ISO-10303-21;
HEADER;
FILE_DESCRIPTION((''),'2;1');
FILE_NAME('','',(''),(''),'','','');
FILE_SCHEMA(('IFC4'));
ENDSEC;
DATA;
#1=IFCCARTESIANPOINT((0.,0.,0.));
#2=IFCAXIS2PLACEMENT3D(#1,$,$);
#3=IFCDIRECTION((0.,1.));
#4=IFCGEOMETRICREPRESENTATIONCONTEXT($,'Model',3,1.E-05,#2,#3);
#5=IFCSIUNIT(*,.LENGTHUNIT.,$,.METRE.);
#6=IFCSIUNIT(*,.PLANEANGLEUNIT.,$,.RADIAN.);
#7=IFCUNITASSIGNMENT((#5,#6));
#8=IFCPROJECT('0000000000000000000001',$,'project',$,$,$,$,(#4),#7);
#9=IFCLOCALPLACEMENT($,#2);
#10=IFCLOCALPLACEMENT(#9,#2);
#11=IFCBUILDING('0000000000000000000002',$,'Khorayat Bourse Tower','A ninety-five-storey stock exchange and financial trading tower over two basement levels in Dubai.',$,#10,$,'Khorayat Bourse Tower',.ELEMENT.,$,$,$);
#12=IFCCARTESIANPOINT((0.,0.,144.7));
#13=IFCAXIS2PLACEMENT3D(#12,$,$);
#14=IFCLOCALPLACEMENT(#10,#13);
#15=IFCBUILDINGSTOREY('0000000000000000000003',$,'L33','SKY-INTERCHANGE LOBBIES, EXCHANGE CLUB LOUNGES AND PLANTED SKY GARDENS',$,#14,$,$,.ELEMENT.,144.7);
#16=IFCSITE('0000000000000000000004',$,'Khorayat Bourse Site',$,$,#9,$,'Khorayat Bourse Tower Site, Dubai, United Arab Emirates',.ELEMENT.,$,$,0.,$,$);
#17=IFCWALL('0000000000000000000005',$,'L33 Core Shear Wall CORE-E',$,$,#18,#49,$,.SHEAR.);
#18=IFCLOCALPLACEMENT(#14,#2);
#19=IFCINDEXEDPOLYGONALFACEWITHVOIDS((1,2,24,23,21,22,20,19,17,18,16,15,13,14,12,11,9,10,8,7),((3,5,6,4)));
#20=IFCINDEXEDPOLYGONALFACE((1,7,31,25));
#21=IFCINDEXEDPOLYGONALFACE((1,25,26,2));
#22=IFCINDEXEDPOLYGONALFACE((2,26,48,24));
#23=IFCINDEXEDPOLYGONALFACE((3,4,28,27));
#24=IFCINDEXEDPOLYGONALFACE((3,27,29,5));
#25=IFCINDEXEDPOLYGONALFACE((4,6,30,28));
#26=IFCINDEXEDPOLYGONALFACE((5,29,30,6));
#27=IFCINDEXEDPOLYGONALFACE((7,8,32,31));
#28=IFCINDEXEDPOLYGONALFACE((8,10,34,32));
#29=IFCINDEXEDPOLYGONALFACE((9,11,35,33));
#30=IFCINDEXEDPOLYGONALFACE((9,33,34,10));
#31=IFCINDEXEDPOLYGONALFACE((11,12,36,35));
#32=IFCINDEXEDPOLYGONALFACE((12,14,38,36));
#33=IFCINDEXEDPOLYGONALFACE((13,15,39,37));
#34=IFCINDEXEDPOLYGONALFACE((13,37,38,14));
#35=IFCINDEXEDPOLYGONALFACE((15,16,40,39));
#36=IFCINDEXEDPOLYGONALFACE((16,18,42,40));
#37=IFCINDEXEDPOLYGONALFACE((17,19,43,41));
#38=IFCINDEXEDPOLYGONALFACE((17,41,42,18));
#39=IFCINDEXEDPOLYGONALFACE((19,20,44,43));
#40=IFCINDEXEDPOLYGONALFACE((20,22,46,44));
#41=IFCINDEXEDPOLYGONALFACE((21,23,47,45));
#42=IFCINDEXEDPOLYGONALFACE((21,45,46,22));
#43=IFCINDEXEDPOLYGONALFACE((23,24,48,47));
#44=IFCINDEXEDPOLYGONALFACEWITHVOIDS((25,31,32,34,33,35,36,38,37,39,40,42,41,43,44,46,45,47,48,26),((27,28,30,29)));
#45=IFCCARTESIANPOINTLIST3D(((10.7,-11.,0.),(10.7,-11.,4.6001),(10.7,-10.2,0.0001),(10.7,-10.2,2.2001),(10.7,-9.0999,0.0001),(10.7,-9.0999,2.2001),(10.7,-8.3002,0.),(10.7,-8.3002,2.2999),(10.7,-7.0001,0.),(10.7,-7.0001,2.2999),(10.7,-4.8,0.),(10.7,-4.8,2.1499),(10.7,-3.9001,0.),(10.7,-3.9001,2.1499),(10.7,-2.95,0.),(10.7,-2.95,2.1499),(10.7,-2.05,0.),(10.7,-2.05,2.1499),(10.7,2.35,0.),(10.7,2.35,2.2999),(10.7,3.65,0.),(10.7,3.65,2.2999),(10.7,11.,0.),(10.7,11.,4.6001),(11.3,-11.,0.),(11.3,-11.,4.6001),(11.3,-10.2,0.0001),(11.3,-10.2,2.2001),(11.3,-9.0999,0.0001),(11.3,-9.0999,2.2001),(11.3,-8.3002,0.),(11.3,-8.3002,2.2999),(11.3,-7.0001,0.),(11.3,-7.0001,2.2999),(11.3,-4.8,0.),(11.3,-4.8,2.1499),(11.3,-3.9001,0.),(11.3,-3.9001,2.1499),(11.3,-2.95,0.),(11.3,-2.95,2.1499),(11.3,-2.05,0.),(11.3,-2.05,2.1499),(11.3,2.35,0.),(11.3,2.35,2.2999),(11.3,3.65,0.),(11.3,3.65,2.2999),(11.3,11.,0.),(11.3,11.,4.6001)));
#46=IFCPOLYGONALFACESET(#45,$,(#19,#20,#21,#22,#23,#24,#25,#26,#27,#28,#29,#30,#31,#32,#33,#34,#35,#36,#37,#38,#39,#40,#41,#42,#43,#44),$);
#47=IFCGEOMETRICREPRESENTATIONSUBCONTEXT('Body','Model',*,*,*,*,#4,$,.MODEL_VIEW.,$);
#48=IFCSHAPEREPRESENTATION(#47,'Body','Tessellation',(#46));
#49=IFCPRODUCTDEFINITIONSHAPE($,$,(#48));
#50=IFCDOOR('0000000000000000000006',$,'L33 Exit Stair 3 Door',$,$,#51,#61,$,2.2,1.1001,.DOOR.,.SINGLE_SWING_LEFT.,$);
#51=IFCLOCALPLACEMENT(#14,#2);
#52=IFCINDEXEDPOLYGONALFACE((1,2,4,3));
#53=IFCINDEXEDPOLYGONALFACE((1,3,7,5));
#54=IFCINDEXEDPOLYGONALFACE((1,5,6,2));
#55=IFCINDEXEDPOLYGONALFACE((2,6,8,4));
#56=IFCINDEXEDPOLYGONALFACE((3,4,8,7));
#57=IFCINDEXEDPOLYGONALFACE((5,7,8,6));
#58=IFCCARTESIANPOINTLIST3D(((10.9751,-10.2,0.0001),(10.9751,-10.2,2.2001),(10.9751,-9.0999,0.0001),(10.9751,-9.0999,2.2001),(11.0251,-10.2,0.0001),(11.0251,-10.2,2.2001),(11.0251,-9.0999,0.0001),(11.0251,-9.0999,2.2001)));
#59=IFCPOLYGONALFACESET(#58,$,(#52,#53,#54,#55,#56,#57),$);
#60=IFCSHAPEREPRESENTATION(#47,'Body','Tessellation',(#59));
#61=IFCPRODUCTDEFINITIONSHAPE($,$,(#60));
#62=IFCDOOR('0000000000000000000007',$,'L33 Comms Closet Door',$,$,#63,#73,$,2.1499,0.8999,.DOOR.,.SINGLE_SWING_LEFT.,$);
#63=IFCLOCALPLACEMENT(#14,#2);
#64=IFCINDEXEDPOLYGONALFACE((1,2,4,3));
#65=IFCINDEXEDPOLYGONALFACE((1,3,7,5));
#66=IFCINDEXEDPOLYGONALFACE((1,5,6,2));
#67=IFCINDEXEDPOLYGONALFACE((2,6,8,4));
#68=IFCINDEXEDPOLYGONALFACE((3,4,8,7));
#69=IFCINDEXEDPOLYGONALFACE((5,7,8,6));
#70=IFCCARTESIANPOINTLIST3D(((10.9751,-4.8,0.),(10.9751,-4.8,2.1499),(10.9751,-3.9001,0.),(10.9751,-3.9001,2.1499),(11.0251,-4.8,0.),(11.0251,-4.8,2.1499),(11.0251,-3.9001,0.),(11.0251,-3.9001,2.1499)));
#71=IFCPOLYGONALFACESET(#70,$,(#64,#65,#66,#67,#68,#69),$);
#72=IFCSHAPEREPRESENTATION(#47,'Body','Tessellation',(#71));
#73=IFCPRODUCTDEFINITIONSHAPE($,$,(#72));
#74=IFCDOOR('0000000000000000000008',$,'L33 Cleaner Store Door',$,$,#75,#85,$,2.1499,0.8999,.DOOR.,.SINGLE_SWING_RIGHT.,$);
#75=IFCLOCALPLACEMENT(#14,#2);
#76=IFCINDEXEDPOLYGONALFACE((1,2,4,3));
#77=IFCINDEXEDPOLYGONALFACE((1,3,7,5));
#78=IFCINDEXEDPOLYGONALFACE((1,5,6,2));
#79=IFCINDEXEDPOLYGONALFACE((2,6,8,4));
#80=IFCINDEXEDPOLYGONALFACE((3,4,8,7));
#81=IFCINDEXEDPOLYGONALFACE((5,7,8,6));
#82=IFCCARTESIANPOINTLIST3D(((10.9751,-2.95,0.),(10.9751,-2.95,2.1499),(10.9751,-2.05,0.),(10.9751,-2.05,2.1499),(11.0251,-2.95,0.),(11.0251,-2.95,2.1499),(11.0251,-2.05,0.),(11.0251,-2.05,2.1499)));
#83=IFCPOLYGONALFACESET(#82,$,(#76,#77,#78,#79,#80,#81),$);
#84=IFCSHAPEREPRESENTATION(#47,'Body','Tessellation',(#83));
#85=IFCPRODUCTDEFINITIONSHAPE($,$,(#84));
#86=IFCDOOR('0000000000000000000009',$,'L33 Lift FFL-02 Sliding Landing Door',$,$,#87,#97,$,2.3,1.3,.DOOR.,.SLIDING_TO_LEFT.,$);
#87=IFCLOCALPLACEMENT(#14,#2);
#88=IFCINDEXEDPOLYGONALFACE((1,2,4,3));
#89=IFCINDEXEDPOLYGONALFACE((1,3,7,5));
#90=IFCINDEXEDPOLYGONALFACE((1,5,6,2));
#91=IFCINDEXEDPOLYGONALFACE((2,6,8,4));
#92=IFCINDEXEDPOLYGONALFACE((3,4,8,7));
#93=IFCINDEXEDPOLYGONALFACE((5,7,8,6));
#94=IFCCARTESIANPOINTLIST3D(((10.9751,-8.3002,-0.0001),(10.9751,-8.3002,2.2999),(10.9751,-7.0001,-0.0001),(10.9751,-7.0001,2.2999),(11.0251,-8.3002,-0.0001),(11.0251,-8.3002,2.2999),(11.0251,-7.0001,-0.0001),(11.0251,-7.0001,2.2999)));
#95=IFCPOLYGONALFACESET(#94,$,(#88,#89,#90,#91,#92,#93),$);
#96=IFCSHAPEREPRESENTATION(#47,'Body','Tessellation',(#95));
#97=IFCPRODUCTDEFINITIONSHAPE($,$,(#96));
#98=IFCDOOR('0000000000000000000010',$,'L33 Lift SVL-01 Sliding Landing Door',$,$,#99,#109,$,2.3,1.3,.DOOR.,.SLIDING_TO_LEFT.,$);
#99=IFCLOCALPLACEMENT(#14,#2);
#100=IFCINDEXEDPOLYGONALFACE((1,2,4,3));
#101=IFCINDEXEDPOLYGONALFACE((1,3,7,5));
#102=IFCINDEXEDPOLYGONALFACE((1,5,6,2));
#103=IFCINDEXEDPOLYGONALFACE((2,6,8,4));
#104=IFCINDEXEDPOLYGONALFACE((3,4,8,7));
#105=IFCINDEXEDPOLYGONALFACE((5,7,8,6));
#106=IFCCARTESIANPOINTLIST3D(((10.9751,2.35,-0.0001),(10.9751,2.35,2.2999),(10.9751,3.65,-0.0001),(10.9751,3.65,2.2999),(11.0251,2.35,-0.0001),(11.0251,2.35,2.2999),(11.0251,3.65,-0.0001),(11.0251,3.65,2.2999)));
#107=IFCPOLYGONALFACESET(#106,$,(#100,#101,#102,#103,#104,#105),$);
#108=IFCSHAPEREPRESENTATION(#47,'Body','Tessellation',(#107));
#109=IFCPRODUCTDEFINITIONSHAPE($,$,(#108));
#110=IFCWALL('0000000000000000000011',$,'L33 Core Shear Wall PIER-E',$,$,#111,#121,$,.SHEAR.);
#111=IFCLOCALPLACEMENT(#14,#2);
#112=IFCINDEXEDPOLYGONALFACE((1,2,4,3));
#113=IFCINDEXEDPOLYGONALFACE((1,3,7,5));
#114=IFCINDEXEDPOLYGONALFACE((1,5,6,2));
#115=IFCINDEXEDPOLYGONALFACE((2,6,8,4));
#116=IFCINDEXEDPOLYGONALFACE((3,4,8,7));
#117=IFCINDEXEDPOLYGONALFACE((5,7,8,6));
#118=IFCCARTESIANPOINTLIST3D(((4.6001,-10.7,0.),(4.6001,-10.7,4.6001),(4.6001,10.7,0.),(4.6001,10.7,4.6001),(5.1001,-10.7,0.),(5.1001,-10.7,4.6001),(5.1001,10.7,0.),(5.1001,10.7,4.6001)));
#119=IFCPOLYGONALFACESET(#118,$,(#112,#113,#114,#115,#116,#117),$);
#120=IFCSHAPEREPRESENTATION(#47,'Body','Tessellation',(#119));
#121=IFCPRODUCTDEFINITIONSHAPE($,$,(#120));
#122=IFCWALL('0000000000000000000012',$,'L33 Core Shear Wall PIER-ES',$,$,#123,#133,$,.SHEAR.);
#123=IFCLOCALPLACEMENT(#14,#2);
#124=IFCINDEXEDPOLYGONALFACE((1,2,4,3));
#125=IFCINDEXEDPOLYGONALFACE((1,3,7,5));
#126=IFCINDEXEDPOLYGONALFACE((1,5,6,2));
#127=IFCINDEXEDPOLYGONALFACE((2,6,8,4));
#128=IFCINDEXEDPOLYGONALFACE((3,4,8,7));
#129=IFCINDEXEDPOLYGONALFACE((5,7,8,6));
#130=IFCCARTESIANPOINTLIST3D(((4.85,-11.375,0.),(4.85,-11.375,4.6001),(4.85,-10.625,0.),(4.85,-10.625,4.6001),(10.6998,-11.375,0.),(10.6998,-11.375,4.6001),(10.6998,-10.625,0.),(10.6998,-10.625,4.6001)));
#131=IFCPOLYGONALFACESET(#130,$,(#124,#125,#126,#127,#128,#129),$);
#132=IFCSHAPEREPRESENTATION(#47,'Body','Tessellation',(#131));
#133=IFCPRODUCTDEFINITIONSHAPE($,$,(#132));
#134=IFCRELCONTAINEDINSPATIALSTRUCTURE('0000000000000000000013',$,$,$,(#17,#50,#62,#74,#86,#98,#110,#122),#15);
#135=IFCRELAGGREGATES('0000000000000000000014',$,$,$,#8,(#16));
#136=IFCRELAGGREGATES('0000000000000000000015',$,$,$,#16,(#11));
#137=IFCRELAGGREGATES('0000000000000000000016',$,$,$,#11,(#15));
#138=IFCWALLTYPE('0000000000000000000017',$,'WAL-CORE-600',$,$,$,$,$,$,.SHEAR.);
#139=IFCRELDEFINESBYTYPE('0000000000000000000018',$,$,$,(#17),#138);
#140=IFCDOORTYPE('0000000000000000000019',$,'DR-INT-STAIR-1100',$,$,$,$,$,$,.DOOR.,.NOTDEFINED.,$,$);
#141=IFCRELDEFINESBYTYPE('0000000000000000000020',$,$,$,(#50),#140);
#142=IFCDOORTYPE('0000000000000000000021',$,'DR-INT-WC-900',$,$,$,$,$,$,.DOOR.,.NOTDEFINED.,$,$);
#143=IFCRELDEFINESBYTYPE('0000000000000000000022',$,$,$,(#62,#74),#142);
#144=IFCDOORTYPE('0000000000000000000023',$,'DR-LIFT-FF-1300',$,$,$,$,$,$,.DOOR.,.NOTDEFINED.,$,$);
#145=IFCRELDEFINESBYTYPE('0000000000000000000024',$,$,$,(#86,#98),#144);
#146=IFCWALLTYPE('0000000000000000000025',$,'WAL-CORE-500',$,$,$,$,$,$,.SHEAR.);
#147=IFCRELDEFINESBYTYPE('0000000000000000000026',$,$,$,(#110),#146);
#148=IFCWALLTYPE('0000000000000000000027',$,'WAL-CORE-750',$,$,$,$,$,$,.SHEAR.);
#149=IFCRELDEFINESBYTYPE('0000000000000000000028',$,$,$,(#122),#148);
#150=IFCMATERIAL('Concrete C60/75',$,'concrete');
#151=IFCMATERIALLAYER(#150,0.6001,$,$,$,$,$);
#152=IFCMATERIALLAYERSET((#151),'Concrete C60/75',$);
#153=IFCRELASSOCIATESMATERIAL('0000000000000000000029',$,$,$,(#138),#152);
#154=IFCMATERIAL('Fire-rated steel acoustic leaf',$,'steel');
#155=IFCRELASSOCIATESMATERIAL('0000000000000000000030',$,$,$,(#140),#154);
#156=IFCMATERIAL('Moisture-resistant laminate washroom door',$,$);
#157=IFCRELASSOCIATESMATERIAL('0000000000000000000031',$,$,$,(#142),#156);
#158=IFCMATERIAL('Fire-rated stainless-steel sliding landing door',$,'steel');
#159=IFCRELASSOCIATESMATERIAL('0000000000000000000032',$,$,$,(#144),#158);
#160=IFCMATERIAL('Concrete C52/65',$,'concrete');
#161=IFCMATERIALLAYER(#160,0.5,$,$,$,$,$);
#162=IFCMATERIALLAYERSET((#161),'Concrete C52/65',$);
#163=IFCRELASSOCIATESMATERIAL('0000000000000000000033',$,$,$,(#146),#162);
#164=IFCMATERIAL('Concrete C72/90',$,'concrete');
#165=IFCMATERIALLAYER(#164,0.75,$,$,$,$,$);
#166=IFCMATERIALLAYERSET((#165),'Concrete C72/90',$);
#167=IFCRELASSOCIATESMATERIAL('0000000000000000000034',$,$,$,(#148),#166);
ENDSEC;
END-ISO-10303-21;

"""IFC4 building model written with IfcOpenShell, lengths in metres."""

from ifc_helpers import new_model, si_unit, direction, frame, frame_2d, origin, place, context, subcontext, project, spatial, rectangle, extrude, source, transform, mapped, material, layer, layer_set, type_object, element, fill, save


model = new_model("IFC4")

# Units and contexts
model_context = context("Model", 3, precision=1e-05, world=origin(), true_north=direction((0.0, 1.0)))
body_context = subcontext(model_context, "Body", "Model", "MODEL_VIEW")
ifc_project = project(units=[si_unit("LENGTHUNIT", "METRE"), si_unit("PLANEANGLEUNIT", "RADIAN")], contexts=[model_context])

# Site, building, storey
site_placement = place(None, origin())
site = spatial("IfcSite", under=ifc_project, at=site_placement, Name="Khorayat Bourse Site", LongName="Khorayat Bourse Tower Site, Dubai, United Arab Emirates", CompositionType="ELEMENT", RefElevation=0.0)
building_placement = place(site_placement, origin())
building = spatial("IfcBuilding", under=site, at=building_placement, Name="Khorayat Bourse Tower", Description="A ninety-five-storey stock exchange and financial trading tower over two basement levels in Dubai.", LongName="Khorayat Bourse Tower", CompositionType="ELEMENT")
storey_placement = place(building_placement, frame((0.0, 0.0, 144.7)))
storey = spatial("IfcBuildingStorey", under=building, at=storey_placement, Name="L33", Description="SKY-INTERCHANGE LOBBIES, EXCHANGE CLUB LOUNGES AND PLANTED SKY GARDENS", CompositionType="ELEMENT", Elevation=144.7)

# Shared definitions
ifc_material_1 = material(Name="Concrete C60/75", Category="concrete")

# Shared definitions
ifc_material_2 = material(Name="Concrete C72/90", Category="concrete")

# Wall, openings, doors
ifc_layer_1 = layer(ifc_material_1, 0.6001)
ifc_layer_set_1 = layer_set([ifc_layer_1], Name="Concrete C60/75")
wall_type_1 = type_object("IfcWallType", Name="WAL-CORE-600", PredefinedType="SHEAR", material=ifc_layer_set_1)
shared_shape_1 = source(origin(), body_context, "Body", "SweptSolid", [
    extrude(rectangle(XDim=22.0, YDim=0.6001, at=frame_2d((11.0, 0.0))), origin(), (0.0, 0.0, 1.0), 4.6001),
])
wall_1_placement = place(storey_placement, frame((11.0, -11.0, 0.0), z_axis=(0.0, 0.0, 1.0), x_axis=(0.0, 1.0, 0.0)))
wall_1 = element("IfcWall", 1, at=wall_1_placement, inside=storey, type_object=wall_type_1, Name="L33 Core Shear Wall CORE-E", PredefinedType="SHEAR", context=body_context, shape_type="MappedRepresentation", body=[
    mapped(shared_shape_1, transform((0.0, 0.0, 0.0), scale=1.0)),
])
shared_shape_2 = source(origin(), body_context, "Body", "SweptSolid", [
    extrude(rectangle(XDim=1.1001, YDim=2.2, at=frame_2d((0.55, 1.1001))), frame((0.0, 0.3101, 0.0), z_axis=(0.0, -1.0, 0.0), x_axis=(1.0, 0.0, 0.0)), (0.0, 0.0, 1.0), 0.6201),
])
opening_1_placement = place(wall_1_placement, frame((0.8, 0.0, 0.0)))
opening_1 = element("IfcOpeningElement", 2, at=opening_1_placement, cuts=wall_1, PredefinedType="OPENING", context=body_context, shape_type="MappedRepresentation", body=[
    mapped(shared_shape_2, transform((0.0, 0.0, 0.0), scale=1.0)),
])
shared_shape_3 = source(origin(), body_context, "Body", "SweptSolid", [
    extrude(rectangle(XDim=0.8999, YDim=2.1499, at=frame_2d((0.45, 1.075))), frame((0.0, 0.3101, 0.0), z_axis=(0.0, -1.0, 0.0), x_axis=(1.0, 0.0, 0.0)), (0.0, 0.0, 1.0), 0.6201),
])
opening_2_placement = place(wall_1_placement, frame((6.2, 0.0, 0.0)))
opening_2 = element("IfcOpeningElement", 3, at=opening_2_placement, cuts=wall_1, PredefinedType="OPENING", context=body_context, shape_type="MappedRepresentation", body=[
    mapped(shared_shape_3, transform((0.0, 0.0, 0.0), scale=1.0)),
])
opening_3_placement = place(wall_1_placement, frame((8.05, 0.0, 0.0)))
opening_3 = element("IfcOpeningElement", 4, at=opening_3_placement, cuts=wall_1, PredefinedType="OPENING", context=body_context, shape_type="MappedRepresentation", body=[
    mapped(shared_shape_3, transform((0.0, 0.0, 0.0), scale=1.0)),
])
shared_shape_4 = source(origin(), body_context, "Body", "SweptSolid", [
    extrude(rectangle(XDim=1.3, YDim=2.3, at=frame_2d((0.6499, 1.1499))), frame((0.0, 0.3101, 0.0), z_axis=(0.0, -1.0, 0.0), x_axis=(1.0, 0.0, 0.0)), (0.0, 0.0, 1.0), 0.6201),
])
opening_4_placement = place(wall_1_placement, frame((2.7, 0.0, 0.0)))
opening_4 = element("IfcOpeningElement", 5, at=opening_4_placement, cuts=wall_1, PredefinedType="OPENING", context=body_context, shape_type="MappedRepresentation", body=[
    mapped(shared_shape_4, transform((0.0, 0.0, 0.0), scale=1.0)),
])
opening_5_placement = place(wall_1_placement, frame((13.3501, 0.0, 0.0)))
opening_5 = element("IfcOpeningElement", 6, at=opening_5_placement, cuts=wall_1, PredefinedType="OPENING", context=body_context, shape_type="MappedRepresentation", body=[
    mapped(shared_shape_4, transform((0.0, 0.0, 0.0), scale=1.0)),
])
ifc_material_3 = material(Name="Fire-rated steel acoustic leaf", Category="steel")
door_type_1 = type_object("IfcDoorType", Name="DR-INT-STAIR-1100", OperationType="NOTDEFINED", PredefinedType="DOOR", material=ifc_material_3)
shared_shape_5 = source(origin(), body_context, "Body", "SweptSolid", [
    extrude(rectangle(XDim=1.1001, YDim=2.2, at=frame_2d((0.55, 1.1001))), frame((0.0, 0.0249, 0.0), z_axis=(0.0, -1.0, 0.0), x_axis=(1.0, 0.0, 0.0)), (0.0, 0.0, 1.0), 0.05),
])
door_1_placement = place(opening_1_placement, origin())
door_1 = element("IfcDoor", 7, at=door_1_placement, inside=storey, type_object=door_type_1, Name="L33 Exit Stair 3 Door", OperationType="SINGLE_SWING_LEFT", OverallHeight=2.2, OverallWidth=1.1001, PredefinedType="DOOR", context=body_context, shape_type="MappedRepresentation", body=[
    mapped(shared_shape_5, transform((0.0, 0.0, 0.0), scale=1.0)),
])
fill(opening_1, door_1)
ifc_material_4 = material(Name="Moisture-resistant laminate washroom door")
door_type_2 = type_object("IfcDoorType", Name="DR-INT-WC-900", OperationType="NOTDEFINED", PredefinedType="DOOR", material=ifc_material_4)
shared_shape_6 = source(origin(), body_context, "Body", "SweptSolid", [
    extrude(rectangle(XDim=0.8999, YDim=2.1499, at=frame_2d((0.45, 1.075))), frame((0.0, 0.0249, 0.0), z_axis=(0.0, -1.0, 0.0), x_axis=(1.0, 0.0, 0.0)), (0.0, 0.0, 1.0), 0.05),
])
door_2_placement = place(opening_2_placement, origin())
door_2 = element("IfcDoor", 8, at=door_2_placement, inside=storey, type_object=door_type_2, Name="L33 Comms Closet Door", OperationType="SINGLE_SWING_LEFT", OverallHeight=2.1499, OverallWidth=0.8999, PredefinedType="DOOR", context=body_context, shape_type="MappedRepresentation", body=[
    mapped(shared_shape_6, transform((0.0, 0.0, 0.0), scale=1.0)),
])
fill(opening_2, door_2)
door_3_placement = place(opening_3_placement, origin())
door_3 = element("IfcDoor", 9, at=door_3_placement, inside=storey, type_object=door_type_2, Name="L33 Cleaner Store Door", OperationType="SINGLE_SWING_RIGHT", OverallHeight=2.1499, OverallWidth=0.8999, PredefinedType="DOOR", context=body_context, shape_type="MappedRepresentation", body=[
    mapped(shared_shape_6, transform((0.0, 0.0, 0.0), scale=1.0)),
])
fill(opening_3, door_3)
ifc_material_5 = material(Name="Fire-rated stainless-steel sliding landing door", Category="steel")
door_type_3 = type_object("IfcDoorType", Name="DR-LIFT-FF-1300", OperationType="NOTDEFINED", PredefinedType="DOOR", material=ifc_material_5)
shared_shape_7 = source(origin(), body_context, "Body", "SweptSolid", [
    extrude(rectangle(XDim=1.3, YDim=2.3, at=frame_2d((0.6499, 1.1499))), frame((0.0, 0.0249, 0.0), z_axis=(0.0, -1.0, 0.0), x_axis=(1.0, 0.0, 0.0)), (0.0, 0.0, 1.0), 0.05),
])
door_4_placement = place(opening_4_placement, origin())
door_4 = element("IfcDoor", 10, at=door_4_placement, inside=storey, type_object=door_type_3, Name="L33 Lift FFL-02 Sliding Landing Door", OperationType="SLIDING_TO_LEFT", OverallHeight=2.3, OverallWidth=1.3, PredefinedType="DOOR", context=body_context, shape_type="MappedRepresentation", body=[
    mapped(shared_shape_7, transform((0.0, 0.0, 0.0), scale=1.0)),
])
fill(opening_4, door_4)
door_5_placement = place(opening_5_placement, origin())
door_5 = element("IfcDoor", 11, at=door_5_placement, inside=storey, type_object=door_type_3, Name="L33 Lift SVL-01 Sliding Landing Door", OperationType="SLIDING_TO_LEFT", OverallHeight=2.3, OverallWidth=1.3, PredefinedType="DOOR", context=body_context, shape_type="MappedRepresentation", body=[
    mapped(shared_shape_7, transform((0.0, 0.0, 0.0), scale=1.0)),
])
fill(opening_5, door_5)

# Walls
ifc_material_6 = material(Name="Concrete C52/65", Category="concrete")
ifc_layer_2 = layer(ifc_material_6, 0.5)
ifc_layer_set_2 = layer_set([ifc_layer_2], Name="Concrete C52/65")
wall_type_2 = type_object("IfcWallType", Name="WAL-CORE-500", PredefinedType="SHEAR", material=ifc_layer_set_2)
shared_shape_8 = source(origin(), body_context, "Body", "SweptSolid", [
    extrude(rectangle(XDim=21.3999, YDim=0.5, at=frame_2d((10.7, 0.0))), origin(), (0.0, 0.0, 1.0), 4.6001),
])
wall_2_placement = place(storey_placement, frame((4.8501, -10.7, 0.0), z_axis=(0.0, 0.0, 1.0), x_axis=(0.0, 1.0, 0.0)))
element("IfcWall", 12, at=wall_2_placement, inside=storey, type_object=wall_type_2, Name="L33 Core Shear Wall PIER-E", PredefinedType="SHEAR", context=body_context, shape_type="MappedRepresentation", body=[
    mapped(shared_shape_8, transform((0.0, 0.0, 0.0), scale=1.0)),
])
ifc_layer_3 = layer(ifc_material_2, 0.75)
ifc_layer_set_3 = layer_set([ifc_layer_3], Name="Concrete C72/90")
wall_type_3 = type_object("IfcWallType", Name="WAL-CORE-750", PredefinedType="SHEAR", material=ifc_layer_set_3)
shared_shape_9 = source(origin(), body_context, "Body", "SweptSolid", [
    extrude(rectangle(XDim=5.8499, YDim=0.75, at=frame_2d((2.9248, 0.0))), origin(), (0.0, 0.0, 1.0), 4.6001),
])
wall_3_placement = place(storey_placement, frame((4.8501, -11.0, 0.0), z_axis=(0.0, 0.0, 1.0), x_axis=(1.0, 0.0, 0.0)))
element("IfcWall", 13, at=wall_3_placement, inside=storey, type_object=wall_type_3, Name="L33 Core Shear Wall PIER-ES", PredefinedType="SHEAR", context=body_context, shape_type="MappedRepresentation", body=[
    mapped(shared_shape_9, transform((0.0, 0.0, 0.0), scale=1.0)),
])

save(model, "model.ifc")
